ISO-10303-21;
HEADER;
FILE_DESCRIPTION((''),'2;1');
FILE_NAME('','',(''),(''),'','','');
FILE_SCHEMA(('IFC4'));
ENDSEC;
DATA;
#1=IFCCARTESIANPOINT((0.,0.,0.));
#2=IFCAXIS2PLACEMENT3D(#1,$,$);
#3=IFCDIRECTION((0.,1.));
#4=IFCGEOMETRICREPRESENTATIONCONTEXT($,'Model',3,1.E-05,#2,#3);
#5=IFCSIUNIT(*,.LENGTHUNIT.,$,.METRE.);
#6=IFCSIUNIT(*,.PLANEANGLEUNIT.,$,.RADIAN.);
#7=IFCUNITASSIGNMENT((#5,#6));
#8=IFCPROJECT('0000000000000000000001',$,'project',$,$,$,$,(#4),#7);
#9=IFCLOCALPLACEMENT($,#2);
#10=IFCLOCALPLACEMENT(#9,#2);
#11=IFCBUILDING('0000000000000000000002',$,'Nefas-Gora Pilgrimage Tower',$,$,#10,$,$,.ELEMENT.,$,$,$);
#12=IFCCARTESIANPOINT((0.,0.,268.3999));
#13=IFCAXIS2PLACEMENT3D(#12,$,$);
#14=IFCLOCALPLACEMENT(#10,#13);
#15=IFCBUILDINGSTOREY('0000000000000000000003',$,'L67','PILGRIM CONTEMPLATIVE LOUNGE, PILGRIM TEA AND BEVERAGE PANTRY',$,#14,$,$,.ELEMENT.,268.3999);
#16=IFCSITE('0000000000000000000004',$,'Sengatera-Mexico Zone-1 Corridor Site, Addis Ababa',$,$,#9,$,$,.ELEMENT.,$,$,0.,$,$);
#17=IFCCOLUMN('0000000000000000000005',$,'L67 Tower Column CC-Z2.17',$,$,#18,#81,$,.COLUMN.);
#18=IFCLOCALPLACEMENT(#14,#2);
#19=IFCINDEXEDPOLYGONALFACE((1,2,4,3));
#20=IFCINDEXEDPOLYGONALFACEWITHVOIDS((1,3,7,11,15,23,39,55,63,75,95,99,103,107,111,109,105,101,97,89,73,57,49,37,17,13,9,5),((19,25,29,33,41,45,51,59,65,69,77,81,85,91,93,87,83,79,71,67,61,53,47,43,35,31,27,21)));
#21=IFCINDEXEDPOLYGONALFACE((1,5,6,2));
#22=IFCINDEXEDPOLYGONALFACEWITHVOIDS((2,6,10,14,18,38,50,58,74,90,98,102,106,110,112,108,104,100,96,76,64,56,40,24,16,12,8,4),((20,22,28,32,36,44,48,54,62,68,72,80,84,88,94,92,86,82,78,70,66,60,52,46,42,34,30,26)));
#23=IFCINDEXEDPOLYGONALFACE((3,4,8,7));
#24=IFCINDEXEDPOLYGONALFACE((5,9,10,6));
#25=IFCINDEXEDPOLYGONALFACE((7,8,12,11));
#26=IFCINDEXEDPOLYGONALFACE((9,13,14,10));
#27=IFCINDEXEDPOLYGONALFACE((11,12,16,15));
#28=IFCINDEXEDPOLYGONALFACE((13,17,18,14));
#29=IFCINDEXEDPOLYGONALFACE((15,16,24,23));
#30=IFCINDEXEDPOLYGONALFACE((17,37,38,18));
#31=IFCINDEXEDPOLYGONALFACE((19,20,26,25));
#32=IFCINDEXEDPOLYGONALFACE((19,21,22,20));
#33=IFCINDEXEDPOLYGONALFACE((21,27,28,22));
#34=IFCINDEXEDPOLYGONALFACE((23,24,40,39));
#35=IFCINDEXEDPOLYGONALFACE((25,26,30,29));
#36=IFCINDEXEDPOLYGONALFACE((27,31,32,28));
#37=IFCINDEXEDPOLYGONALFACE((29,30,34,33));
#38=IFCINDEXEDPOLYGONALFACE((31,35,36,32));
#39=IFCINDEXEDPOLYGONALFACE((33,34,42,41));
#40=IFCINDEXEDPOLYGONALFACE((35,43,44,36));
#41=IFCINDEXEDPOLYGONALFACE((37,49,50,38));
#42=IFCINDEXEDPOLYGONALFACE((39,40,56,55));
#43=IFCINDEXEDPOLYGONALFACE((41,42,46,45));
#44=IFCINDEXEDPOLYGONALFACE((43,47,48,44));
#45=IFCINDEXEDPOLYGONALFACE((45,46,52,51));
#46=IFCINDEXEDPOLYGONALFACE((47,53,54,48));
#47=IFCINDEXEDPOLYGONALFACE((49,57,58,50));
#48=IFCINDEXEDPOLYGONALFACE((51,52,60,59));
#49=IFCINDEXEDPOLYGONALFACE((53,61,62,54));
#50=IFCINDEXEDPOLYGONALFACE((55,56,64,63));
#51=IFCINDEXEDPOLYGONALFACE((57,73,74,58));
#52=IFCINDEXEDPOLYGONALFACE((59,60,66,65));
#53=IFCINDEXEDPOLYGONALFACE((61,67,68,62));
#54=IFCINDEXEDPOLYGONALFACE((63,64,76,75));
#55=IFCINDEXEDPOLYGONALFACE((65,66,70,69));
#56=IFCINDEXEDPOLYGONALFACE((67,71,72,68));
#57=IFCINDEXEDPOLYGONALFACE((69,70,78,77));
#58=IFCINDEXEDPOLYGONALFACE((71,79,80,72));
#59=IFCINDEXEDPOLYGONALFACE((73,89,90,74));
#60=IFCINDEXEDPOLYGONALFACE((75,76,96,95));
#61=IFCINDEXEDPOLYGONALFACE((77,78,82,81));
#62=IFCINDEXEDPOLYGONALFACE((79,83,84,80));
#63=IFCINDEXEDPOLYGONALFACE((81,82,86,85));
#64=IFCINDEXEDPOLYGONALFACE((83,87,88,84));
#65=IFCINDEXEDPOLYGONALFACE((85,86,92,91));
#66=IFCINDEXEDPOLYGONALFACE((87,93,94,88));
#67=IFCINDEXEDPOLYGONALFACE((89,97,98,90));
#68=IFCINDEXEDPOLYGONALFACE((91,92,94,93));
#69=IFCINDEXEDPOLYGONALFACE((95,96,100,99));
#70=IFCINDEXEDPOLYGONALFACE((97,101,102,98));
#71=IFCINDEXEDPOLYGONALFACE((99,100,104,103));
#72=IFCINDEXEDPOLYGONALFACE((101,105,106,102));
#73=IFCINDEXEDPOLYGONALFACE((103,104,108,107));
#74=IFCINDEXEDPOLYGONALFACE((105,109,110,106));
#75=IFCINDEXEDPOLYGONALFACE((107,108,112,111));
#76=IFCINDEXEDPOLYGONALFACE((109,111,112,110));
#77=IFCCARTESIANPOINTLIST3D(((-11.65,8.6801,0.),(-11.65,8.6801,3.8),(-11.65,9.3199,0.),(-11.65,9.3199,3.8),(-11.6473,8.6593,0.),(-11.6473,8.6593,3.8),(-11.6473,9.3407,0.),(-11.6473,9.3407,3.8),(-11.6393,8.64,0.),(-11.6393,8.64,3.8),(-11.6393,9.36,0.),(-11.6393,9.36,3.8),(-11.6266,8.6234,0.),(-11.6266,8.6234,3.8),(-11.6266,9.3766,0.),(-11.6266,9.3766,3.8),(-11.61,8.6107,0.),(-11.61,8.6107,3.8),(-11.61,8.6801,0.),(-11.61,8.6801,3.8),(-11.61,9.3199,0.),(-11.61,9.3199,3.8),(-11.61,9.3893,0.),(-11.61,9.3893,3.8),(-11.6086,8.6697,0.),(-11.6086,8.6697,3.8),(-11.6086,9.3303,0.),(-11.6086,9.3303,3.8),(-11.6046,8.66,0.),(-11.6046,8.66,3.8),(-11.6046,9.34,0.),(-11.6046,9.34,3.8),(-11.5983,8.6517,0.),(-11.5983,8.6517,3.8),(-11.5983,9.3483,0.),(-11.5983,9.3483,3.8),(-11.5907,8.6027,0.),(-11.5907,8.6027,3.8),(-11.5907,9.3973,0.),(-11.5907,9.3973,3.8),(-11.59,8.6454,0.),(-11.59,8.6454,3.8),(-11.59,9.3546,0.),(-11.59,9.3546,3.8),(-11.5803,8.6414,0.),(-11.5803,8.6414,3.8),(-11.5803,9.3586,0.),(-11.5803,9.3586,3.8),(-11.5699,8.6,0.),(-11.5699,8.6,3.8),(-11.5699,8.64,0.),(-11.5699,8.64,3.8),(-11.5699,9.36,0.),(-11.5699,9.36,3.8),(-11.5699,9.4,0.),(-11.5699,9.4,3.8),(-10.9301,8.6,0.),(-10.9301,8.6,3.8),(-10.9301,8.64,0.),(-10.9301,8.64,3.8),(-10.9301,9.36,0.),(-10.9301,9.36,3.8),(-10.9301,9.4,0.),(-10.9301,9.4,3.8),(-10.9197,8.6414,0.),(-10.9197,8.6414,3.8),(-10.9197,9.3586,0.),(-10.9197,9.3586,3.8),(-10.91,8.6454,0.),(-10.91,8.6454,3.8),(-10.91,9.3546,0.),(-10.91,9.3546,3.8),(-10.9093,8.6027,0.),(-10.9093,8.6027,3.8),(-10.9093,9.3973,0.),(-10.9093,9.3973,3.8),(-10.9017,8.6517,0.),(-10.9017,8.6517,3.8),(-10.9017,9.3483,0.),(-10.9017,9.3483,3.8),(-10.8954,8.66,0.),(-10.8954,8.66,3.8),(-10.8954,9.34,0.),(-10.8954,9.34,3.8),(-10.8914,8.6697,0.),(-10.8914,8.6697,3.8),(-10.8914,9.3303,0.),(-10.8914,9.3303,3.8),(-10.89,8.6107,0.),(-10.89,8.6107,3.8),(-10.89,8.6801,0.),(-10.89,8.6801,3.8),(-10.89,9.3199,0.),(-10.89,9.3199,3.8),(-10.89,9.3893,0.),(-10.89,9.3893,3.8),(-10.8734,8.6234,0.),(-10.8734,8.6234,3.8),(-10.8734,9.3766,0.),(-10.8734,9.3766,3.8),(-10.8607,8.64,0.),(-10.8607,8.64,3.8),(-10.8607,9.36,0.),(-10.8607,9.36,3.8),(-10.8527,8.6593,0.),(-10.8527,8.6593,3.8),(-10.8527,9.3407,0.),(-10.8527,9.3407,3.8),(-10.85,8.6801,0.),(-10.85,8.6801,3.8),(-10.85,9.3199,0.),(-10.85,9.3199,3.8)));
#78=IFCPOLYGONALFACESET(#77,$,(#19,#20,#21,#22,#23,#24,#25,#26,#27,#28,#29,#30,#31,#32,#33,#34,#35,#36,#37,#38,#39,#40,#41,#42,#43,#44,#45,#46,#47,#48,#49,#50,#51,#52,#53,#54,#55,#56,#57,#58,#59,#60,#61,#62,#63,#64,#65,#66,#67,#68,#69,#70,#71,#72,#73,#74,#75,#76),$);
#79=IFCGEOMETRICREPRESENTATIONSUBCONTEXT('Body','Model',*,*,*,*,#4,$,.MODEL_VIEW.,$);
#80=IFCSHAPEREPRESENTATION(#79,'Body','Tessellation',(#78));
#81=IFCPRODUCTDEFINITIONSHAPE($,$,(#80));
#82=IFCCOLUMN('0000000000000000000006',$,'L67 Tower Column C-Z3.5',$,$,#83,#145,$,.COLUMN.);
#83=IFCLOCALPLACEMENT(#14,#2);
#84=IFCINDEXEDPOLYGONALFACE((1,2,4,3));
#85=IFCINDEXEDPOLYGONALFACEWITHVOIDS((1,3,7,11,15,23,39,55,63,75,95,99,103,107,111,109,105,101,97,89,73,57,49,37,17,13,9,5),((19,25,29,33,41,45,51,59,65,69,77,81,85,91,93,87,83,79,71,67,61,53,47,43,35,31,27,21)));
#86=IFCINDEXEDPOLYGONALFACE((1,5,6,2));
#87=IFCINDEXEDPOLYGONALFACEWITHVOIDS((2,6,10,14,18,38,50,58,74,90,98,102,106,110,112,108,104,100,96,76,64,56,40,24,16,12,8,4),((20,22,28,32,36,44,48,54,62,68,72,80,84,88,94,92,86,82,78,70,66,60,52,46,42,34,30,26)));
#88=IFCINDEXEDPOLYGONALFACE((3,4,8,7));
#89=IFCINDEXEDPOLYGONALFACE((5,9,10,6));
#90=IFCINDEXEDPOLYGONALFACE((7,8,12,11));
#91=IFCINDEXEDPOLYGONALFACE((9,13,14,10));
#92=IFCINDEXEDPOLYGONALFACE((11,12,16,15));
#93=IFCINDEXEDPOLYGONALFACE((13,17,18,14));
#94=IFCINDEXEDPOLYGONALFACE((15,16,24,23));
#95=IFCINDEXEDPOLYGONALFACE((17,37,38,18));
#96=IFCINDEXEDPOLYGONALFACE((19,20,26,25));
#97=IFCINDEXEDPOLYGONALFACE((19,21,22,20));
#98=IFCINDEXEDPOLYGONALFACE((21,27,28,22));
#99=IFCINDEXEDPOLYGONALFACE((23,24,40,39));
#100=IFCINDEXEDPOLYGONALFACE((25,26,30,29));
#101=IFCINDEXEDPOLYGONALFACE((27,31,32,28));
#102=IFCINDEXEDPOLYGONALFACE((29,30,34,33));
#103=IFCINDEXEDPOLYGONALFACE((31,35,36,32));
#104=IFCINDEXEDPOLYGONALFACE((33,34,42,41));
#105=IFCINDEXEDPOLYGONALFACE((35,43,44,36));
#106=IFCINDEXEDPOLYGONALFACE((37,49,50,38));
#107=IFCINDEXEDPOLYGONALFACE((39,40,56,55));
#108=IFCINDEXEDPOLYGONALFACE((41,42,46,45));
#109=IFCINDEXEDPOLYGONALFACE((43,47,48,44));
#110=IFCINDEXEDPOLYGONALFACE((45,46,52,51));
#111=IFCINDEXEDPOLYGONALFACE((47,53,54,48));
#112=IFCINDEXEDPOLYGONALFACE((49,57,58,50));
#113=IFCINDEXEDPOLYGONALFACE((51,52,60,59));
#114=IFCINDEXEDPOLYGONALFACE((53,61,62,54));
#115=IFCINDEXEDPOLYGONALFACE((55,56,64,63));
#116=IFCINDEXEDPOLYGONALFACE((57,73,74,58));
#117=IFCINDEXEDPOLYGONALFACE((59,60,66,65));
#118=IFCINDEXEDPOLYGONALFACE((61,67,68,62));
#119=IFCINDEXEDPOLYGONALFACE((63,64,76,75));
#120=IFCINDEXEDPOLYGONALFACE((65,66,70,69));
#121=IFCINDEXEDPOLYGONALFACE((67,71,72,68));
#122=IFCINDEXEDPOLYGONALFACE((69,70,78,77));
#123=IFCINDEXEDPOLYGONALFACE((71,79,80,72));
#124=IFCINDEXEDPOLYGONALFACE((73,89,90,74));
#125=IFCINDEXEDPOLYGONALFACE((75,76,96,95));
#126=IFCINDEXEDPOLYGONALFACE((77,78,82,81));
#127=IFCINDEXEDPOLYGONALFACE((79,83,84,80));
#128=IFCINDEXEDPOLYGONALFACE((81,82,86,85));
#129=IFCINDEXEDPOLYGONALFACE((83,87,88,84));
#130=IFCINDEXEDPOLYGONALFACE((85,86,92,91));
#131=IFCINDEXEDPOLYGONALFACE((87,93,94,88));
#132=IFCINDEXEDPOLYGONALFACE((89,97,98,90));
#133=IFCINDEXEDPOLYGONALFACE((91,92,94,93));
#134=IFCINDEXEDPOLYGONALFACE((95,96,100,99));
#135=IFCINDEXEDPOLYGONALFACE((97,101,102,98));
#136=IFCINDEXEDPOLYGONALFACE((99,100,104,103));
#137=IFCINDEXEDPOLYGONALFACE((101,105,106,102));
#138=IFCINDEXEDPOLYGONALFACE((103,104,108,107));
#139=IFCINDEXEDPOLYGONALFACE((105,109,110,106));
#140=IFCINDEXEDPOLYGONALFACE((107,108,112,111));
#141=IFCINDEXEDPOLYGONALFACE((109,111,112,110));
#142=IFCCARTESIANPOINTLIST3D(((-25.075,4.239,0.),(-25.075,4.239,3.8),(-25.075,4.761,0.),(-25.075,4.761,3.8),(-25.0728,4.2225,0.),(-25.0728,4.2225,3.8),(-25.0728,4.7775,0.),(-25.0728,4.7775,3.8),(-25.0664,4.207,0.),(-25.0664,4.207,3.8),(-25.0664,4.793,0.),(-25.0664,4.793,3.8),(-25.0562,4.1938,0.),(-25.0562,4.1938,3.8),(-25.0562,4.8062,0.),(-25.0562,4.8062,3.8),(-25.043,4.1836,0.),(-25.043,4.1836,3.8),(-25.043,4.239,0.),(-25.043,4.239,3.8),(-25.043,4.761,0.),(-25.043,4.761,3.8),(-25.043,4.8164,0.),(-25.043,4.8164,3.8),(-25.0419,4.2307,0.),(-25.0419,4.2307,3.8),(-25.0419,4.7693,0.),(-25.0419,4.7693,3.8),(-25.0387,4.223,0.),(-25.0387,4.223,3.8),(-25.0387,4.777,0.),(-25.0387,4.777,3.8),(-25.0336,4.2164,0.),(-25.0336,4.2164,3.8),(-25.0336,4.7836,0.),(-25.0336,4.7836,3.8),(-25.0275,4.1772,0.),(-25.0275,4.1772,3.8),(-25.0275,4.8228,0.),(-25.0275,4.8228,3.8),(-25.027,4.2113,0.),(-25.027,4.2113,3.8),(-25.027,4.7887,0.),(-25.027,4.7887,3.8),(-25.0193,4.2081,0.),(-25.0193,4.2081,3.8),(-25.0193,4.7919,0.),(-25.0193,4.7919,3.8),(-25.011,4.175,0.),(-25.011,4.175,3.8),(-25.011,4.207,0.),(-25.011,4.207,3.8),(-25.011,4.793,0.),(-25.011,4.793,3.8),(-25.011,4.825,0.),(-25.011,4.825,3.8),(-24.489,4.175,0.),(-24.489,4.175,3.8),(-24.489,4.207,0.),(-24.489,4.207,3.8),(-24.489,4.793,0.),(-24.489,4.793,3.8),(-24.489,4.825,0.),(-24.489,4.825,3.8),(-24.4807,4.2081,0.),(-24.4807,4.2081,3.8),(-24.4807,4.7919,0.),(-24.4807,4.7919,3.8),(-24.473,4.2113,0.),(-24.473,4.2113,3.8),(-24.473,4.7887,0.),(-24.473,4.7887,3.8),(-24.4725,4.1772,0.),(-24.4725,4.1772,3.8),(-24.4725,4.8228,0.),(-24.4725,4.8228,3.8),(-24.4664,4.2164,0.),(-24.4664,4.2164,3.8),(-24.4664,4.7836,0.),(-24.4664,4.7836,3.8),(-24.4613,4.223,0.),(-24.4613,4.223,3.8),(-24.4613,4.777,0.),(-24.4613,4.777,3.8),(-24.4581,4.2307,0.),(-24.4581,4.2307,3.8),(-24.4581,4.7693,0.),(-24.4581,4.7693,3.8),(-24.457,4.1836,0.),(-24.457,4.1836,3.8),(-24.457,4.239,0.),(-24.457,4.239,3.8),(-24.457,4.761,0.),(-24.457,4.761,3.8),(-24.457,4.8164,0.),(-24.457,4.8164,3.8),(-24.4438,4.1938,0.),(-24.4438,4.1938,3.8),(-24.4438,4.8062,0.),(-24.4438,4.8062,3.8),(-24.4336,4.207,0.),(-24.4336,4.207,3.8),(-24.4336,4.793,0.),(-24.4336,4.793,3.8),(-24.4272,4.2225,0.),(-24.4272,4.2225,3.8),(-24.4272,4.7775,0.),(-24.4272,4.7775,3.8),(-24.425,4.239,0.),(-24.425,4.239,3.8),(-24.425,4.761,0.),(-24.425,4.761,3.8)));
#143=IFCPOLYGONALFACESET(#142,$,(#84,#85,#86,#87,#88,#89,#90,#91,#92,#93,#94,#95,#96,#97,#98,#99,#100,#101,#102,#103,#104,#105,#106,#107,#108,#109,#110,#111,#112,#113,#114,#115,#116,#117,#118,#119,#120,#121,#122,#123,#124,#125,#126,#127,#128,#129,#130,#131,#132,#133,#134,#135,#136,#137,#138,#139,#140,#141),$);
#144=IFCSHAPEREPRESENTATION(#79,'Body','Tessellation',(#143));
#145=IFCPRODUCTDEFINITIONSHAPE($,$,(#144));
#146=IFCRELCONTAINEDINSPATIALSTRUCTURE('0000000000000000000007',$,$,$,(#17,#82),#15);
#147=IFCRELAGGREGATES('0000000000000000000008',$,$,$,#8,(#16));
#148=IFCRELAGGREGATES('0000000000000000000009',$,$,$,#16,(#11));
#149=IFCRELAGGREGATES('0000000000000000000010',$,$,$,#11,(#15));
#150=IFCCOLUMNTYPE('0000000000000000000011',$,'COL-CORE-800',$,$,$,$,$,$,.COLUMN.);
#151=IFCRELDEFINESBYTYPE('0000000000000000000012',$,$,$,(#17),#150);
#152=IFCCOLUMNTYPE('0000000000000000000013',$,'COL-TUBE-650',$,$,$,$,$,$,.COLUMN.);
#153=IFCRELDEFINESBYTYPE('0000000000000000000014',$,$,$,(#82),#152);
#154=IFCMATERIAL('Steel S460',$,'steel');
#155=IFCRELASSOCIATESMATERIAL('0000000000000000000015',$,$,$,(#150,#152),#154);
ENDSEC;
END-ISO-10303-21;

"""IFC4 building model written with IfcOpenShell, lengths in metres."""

from ifc_helpers import new_model, si_unit, direction, frame, origin, origin_2d, place, context, subcontext, project, spatial, hollow_rectangle, extrude, source, transform, mapped, material, material_profile, profile_set, type_object, element, save


model = new_model("IFC4")

# Units and contexts
model_context = context("Model", 3, precision=1e-05, world=origin(), true_north=direction((0.0, 1.0)))
body_context = subcontext(model_context, "Body", "Model", "MODEL_VIEW")
ifc_project = project(units=[si_unit("LENGTHUNIT", "METRE"), si_unit("PLANEANGLEUNIT", "RADIAN")], contexts=[model_context])

# Site, building, storey
site_placement = place(None, origin())
site = spatial("IfcSite", under=ifc_project, at=site_placement, Name="Sengatera-Mexico Zone-1 Corridor Site, Addis Ababa", CompositionType="ELEMENT", RefElevation=0.0)
building_placement = place(site_placement, origin())
building = spatial("IfcBuilding", under=site, at=building_placement, Name="Nefas-Gora Pilgrimage Tower", CompositionType="ELEMENT")
storey_placement = place(building_placement, frame((0.0, 0.0, 268.3999)))
storey = spatial("IfcBuildingStorey", under=building, at=storey_placement, Name="L67", Description="PILGRIM CONTEMPLATIVE LOUNGE, PILGRIM TEA AND BEVERAGE PANTRY", CompositionType="ELEMENT", Elevation=268.3999)

# Columns
ifc_material_1 = material(Name="Steel S460", Category="steel")
ifc_material_profile_1 = material_profile(ifc_material_1, hollow_rectangle(XDim=0.8, YDim=0.8, WallThickness=0.04, InnerFilletRadius=0.04, OuterFilletRadius=0.0801, at=origin_2d()), Name="BOX 800x800x40")
ifc_profile_set_1 = profile_set([ifc_material_profile_1], Name="Steel S460")
column_type_1 = type_object("IfcColumnType", Name="COL-CORE-800", PredefinedType="COLUMN", material=ifc_profile_set_1)
shared_shape_1 = source(origin(), body_context, "Body", "SweptSolid", [
    extrude(hollow_rectangle(XDim=0.8, YDim=0.8, WallThickness=0.04, InnerFilletRadius=0.04, OuterFilletRadius=0.0801, at=origin_2d()), origin(), (0.0, 0.0, 1.0), 3.8),
])
column_placement = place(storey_placement, frame((-11.25, 9.0, 0.0), z_axis=(0.0, 0.0, 1.0), x_axis=(1.0, 0.0, 0.0)))
element("IfcColumn", 1, at=column_placement, inside=storey, type_object=column_type_1, Name="L67 Tower Column CC-Z2.17", PredefinedType="COLUMN", context=body_context, shape_type="MappedRepresentation", body=[
    mapped(shared_shape_1, transform((0.0, 0.0, 0.0), x_axis=(1.0, 0.0, 0.0), y_axis=(0.0, 1.0, 0.0), z_axis=(0.0, 0.0, 1.0), scale=1.0)),
])
ifc_material_profile_2 = material_profile(ifc_material_1, hollow_rectangle(XDim=0.6499, YDim=0.6499, WallThickness=0.032, InnerFilletRadius=0.032, OuterFilletRadius=0.064, at=origin_2d()), Name="BOX 650x650x32")
ifc_profile_set_2 = profile_set([ifc_material_profile_2], Name="Steel S460")
column_type_2 = type_object("IfcColumnType", Name="COL-TUBE-650", PredefinedType="COLUMN", material=ifc_profile_set_2)
shared_shape_2 = source(origin(), body_context, "Body", "SweptSolid", [
    extrude(hollow_rectangle(XDim=0.6499, YDim=0.6499, WallThickness=0.032, InnerFilletRadius=0.032, OuterFilletRadius=0.064, at=origin_2d()), origin(), (0.0, 0.0, 1.0), 3.8),
])
for number, where, z_axis, x_axis, name in (
    (2, (-24.75, 4.5, 0.0), (0.0, 0.0, 1.0), (1.0, 0.0, 0.0), "L67 Tower Column C-Z3.5"),
):
    element("IfcColumn", number, at=place(storey_placement, frame(where, z_axis=z_axis, x_axis=x_axis)), inside=storey, type_object=column_type_2, Name=name, PredefinedType="COLUMN", context=body_context, shape_type="MappedRepresentation", body=[
        mapped(shared_shape_2, transform((0.0, 0.0, 0.0), x_axis=(1.0, 0.0, 0.0), y_axis=(0.0, 1.0, 0.0), z_axis=(0.0, 0.0, 1.0), scale=1.0)),
    ])

save(model, "model.ifc")
